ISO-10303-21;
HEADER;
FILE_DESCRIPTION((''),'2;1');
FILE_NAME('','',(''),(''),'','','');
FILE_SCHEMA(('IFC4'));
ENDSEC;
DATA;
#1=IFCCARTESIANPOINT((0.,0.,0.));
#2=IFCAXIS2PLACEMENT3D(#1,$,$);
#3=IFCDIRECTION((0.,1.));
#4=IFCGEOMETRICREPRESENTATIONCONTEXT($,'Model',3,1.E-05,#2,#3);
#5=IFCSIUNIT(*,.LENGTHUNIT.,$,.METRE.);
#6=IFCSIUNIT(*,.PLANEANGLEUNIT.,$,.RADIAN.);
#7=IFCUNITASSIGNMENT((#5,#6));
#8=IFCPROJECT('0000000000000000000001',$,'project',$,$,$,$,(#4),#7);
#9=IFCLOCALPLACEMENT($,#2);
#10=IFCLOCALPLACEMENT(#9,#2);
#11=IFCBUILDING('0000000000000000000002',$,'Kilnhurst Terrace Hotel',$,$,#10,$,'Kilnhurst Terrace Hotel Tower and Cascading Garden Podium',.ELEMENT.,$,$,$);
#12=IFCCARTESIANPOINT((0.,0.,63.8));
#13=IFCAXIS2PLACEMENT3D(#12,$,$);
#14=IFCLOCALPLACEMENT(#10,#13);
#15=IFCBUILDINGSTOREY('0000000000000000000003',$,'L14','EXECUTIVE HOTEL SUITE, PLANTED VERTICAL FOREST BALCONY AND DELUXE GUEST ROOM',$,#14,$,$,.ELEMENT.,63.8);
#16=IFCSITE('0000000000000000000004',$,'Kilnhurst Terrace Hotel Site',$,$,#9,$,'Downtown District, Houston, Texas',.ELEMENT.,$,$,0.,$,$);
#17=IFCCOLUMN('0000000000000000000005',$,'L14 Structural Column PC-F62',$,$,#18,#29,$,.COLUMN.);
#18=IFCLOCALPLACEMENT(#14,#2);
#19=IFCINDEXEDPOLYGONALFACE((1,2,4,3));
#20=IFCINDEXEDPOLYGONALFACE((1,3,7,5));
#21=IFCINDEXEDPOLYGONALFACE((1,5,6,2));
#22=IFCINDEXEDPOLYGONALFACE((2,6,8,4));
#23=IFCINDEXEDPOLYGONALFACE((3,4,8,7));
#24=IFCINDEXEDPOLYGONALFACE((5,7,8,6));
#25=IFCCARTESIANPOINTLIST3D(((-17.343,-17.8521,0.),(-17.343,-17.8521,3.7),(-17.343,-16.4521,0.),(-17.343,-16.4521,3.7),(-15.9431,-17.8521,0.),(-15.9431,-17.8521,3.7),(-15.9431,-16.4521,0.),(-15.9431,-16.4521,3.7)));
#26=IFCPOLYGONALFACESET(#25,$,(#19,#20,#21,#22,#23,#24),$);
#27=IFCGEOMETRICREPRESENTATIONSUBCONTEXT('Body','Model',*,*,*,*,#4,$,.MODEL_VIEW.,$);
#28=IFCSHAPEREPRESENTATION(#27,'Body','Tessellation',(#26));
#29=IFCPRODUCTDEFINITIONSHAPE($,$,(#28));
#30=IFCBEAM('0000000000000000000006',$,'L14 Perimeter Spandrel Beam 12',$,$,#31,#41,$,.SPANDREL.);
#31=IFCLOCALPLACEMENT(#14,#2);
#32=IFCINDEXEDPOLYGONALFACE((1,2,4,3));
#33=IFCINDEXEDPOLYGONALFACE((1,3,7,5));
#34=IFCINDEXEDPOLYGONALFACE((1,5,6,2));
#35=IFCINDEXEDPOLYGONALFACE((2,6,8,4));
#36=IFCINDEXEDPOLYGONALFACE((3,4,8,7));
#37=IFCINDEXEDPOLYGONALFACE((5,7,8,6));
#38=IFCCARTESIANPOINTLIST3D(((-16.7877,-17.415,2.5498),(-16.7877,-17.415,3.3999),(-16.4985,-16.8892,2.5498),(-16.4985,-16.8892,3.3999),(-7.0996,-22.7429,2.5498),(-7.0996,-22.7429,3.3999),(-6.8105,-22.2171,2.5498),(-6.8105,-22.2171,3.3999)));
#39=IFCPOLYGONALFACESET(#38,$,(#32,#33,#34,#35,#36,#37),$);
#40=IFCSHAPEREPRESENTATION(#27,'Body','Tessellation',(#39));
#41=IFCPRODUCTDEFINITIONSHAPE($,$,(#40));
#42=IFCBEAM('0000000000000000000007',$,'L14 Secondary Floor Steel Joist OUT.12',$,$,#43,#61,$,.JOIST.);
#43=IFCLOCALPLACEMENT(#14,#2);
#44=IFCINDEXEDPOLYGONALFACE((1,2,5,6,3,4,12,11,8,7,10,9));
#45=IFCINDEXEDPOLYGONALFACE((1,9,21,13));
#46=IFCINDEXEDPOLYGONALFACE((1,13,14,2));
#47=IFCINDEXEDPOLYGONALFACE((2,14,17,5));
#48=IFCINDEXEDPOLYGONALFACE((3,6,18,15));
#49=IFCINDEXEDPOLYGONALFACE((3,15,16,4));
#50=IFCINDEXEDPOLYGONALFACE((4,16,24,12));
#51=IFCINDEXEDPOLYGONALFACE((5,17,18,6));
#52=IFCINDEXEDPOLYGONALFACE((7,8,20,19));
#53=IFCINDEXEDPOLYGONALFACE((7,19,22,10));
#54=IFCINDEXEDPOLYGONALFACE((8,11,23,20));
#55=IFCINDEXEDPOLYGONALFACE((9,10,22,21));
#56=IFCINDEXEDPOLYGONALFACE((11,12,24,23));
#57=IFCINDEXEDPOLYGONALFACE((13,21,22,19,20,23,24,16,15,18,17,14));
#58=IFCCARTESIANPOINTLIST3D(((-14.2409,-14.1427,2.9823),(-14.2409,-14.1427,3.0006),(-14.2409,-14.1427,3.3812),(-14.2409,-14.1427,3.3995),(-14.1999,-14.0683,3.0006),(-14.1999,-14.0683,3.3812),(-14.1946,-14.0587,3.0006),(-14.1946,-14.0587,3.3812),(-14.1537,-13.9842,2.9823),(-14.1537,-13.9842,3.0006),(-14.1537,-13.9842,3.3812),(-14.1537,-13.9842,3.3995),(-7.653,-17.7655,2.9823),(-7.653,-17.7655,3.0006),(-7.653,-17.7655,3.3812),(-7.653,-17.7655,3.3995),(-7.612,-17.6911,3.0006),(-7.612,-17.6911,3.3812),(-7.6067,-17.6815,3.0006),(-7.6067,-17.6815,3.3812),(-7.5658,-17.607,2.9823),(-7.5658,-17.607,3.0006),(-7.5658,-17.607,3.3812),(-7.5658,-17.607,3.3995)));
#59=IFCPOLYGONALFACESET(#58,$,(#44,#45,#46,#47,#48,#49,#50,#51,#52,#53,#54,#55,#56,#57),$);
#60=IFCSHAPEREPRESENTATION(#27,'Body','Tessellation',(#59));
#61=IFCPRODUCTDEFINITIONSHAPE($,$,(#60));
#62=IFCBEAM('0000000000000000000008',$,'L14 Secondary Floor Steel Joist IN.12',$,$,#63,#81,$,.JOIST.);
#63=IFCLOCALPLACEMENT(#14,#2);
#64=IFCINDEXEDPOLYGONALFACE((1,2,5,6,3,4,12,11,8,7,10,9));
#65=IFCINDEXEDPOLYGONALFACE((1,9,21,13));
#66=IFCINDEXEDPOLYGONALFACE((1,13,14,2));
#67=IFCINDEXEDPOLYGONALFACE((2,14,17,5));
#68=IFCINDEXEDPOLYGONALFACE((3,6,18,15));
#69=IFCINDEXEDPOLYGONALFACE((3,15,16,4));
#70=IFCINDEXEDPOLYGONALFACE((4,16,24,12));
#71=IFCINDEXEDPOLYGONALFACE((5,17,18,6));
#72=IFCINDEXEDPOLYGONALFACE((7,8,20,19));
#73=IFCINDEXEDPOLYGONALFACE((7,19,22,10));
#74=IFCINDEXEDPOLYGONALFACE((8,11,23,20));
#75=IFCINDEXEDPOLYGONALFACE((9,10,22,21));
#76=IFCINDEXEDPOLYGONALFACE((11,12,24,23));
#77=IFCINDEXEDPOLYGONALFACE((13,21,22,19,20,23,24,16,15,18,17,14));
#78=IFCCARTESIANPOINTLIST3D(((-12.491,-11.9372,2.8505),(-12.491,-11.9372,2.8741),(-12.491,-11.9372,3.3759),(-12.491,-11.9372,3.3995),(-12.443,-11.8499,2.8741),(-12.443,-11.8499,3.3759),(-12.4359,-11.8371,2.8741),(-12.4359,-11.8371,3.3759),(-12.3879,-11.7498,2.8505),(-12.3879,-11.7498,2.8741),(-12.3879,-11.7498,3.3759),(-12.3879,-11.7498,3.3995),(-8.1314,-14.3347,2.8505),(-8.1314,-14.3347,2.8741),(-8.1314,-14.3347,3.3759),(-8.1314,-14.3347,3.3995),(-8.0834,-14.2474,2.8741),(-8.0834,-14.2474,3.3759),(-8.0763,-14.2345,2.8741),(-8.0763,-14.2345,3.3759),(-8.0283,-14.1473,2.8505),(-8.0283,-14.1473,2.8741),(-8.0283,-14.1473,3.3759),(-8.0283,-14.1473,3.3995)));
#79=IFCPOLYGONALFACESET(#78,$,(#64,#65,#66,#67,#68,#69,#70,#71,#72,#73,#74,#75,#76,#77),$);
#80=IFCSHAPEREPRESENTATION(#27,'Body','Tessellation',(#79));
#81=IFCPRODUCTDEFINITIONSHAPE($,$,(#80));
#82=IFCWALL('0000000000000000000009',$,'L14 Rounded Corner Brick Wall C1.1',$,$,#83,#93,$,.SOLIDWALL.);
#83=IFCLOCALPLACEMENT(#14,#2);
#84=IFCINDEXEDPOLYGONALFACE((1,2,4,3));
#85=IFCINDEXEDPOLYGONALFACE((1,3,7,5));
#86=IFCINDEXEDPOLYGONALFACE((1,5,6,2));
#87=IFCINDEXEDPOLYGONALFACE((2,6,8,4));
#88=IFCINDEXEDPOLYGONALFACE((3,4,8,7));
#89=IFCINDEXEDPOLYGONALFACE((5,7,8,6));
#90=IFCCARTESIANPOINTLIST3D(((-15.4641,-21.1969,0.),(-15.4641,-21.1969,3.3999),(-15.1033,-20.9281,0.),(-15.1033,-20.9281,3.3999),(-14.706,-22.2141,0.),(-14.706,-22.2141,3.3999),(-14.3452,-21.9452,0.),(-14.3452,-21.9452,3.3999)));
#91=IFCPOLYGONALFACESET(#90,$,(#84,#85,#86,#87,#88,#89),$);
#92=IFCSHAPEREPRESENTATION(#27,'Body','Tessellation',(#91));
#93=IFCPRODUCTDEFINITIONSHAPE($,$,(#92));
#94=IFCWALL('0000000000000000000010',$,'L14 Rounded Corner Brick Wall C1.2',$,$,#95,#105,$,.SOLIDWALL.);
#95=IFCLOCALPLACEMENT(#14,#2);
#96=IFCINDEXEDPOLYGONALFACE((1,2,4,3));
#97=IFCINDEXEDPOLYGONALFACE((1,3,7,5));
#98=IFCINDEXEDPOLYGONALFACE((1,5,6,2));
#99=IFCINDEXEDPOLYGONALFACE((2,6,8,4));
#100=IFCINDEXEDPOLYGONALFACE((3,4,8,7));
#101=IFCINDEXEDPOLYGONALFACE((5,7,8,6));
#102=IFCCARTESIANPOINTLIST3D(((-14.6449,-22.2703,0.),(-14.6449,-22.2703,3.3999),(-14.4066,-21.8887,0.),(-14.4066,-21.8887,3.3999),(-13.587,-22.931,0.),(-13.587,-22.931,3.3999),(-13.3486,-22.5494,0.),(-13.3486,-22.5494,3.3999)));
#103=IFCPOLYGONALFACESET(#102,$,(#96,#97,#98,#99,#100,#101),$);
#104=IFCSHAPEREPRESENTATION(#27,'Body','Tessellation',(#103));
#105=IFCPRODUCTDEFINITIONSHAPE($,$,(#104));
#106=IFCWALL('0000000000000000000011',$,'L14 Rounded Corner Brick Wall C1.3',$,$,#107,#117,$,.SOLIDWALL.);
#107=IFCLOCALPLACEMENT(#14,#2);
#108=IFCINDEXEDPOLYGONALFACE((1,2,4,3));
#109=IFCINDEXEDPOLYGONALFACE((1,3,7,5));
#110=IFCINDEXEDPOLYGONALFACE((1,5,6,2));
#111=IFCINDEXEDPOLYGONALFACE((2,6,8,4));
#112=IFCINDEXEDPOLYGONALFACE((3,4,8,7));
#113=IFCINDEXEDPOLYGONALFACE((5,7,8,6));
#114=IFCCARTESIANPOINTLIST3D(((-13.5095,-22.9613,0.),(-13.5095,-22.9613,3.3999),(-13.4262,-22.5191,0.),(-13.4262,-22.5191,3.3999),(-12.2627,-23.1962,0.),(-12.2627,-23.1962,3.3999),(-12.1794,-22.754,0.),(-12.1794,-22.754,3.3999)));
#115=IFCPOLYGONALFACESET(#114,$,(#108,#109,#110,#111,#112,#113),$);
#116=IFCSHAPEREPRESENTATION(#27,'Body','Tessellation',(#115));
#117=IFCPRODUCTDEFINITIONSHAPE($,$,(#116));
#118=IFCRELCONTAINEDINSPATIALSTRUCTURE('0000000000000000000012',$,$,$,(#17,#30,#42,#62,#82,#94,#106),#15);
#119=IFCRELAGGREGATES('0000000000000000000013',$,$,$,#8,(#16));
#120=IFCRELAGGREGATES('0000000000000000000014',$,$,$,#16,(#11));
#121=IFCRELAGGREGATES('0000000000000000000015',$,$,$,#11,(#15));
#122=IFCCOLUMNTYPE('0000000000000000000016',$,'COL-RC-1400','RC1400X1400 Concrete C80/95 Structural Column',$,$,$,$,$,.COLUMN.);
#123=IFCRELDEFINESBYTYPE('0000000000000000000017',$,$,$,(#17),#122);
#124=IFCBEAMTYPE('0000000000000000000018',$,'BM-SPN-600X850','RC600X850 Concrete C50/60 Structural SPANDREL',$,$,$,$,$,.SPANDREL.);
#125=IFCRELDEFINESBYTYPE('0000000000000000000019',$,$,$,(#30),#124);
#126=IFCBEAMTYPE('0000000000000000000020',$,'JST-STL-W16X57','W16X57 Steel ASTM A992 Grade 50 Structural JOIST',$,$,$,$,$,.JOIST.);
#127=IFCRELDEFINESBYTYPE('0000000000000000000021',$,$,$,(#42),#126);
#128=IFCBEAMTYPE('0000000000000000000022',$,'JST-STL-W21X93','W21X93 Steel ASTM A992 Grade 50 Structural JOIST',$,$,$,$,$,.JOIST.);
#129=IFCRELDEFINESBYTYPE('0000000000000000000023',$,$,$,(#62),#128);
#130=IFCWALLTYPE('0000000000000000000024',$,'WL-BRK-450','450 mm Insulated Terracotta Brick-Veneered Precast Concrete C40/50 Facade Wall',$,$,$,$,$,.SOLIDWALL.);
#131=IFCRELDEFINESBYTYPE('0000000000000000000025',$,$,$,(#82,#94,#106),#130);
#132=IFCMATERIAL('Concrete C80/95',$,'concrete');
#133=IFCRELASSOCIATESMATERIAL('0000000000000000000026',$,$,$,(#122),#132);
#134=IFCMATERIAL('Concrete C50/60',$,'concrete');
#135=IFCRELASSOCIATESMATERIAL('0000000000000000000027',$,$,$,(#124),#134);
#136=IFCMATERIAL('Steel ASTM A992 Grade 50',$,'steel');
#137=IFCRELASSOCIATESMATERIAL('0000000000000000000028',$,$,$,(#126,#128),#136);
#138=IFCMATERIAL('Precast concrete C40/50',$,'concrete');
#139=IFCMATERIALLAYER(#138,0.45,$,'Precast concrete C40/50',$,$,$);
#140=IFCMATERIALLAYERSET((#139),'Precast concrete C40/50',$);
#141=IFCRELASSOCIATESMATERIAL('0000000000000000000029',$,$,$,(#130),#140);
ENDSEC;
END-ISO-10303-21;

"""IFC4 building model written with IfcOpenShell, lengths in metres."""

from ifc_helpers import new_model, si_unit, direction, frame, frame_2d, origin, origin_2d, place, context, subcontext, project, spatial, rectangle, i_section, extrude, material, layer, layer_set, material_profile, profile_set, type_object, element, save


model = new_model("IFC4")

# Units and contexts
model_context = context("Model", 3, precision=1e-05, world=origin(), true_north=direction((0.0, 1.0)))
body_context = subcontext(model_context, "Body", "Model", "MODEL_VIEW")
ifc_project = project(units=[si_unit("LENGTHUNIT", "METRE"), si_unit("PLANEANGLEUNIT", "RADIAN")], contexts=[model_context])

# Site, building, storey
site_placement = place(None, origin())
site = spatial("IfcSite", under=ifc_project, at=site_placement, Name="Kilnhurst Terrace Hotel Site", LongName="Downtown District, Houston, Texas", CompositionType="ELEMENT", RefElevation=0.0)
building_placement = place(site_placement, origin())
building = spatial("IfcBuilding", under=site, at=building_placement, Name="Kilnhurst Terrace Hotel", LongName="Kilnhurst Terrace Hotel Tower and Cascading Garden Podium", CompositionType="ELEMENT")
storey_placement = place(building_placement, frame((0.0, 0.0, 63.8)))
storey = spatial("IfcBuildingStorey", under=building, at=storey_placement, Name="L14", Description="EXECUTIVE HOTEL SUITE, PLANTED VERTICAL FOREST BALCONY AND DELUXE GUEST ROOM", CompositionType="ELEMENT", Elevation=63.8)

# Column
ifc_material_1 = material(Name="Concrete C80/95", Category="concrete")
ifc_material_profile_1 = material_profile(ifc_material_1, rectangle(XDim=1.3999, YDim=1.3999, at=origin_2d()), Name="RC1400X1400")
ifc_profile_set_1 = profile_set([ifc_material_profile_1], Name="Concrete C80/95")
column_type = type_object("IfcColumnType", Name="COL-RC-1400", Description="RC1400X1400 Concrete C80/95 Structural Column", PredefinedType="COLUMN", material=ifc_profile_set_1)
column_placement = place(storey_placement, frame((-16.6431, -17.1521, 0.0), z_axis=(0.0, 0.0, 1.0), x_axis=(1.0, 0.0, 0.0)))
element("IfcColumn", 1, at=column_placement, inside=storey, type_object=column_type, Name="L14 Structural Column PC-F62", PredefinedType="COLUMN", context=body_context, shape_type="SweptSolid", body=[
    extrude(rectangle(XDim=1.3999, YDim=1.3999, at=origin_2d()), origin(), (0.0, 0.0, 1.0), 3.7),
])

# Beams
ifc_material_2 = material(Name="Concrete C50/60", Category="concrete")
ifc_material_profile_2 = material_profile(ifc_material_2, rectangle(XDim=0.6001, YDim=0.8501, at=origin_2d()), Name="RC600X850")
ifc_profile_set_2 = profile_set([ifc_material_profile_2], Name="Concrete C50/60")
beam_type_1 = type_object("IfcBeamType", Name="BM-SPN-600X850", Description="RC600X850 Concrete C50/60 Structural SPANDREL", PredefinedType="SPANDREL", material=ifc_profile_set_2)
beam_1_placement = place(storey_placement, frame((-16.6431, -17.1521, 2.9749), z_axis=(0.876235, -0.481883, 0.0), x_axis=(0.481883, 0.876235, 0.0)))
element("IfcBeam", 2, at=beam_1_placement, inside=storey, type_object=beam_type_1, Name="L14 Perimeter Spandrel Beam 12", PredefinedType="SPANDREL", context=body_context, shape_type="SweptSolid", body=[
    extrude(rectangle(XDim=0.6001, YDim=0.8501, at=origin_2d()), origin(), (0.0, 0.0, 1.0), 11.0564),
])
ifc_material_3 = material(Name="Steel ASTM A992 Grade 50", Category="steel")
ifc_material_profile_3 = material_profile(ifc_material_3, i_section(OverallWidth=0.1809, OverallDepth=0.4172, WebThickness=0.011, FlangeThickness=0.0183, at=origin_2d()), Name="W16X57")
ifc_profile_set_3 = profile_set([ifc_material_profile_3], Name="Steel ASTM A992 Grade 50")
beam_type_2 = type_object("IfcBeamType", Name="JST-STL-W16X57", Description="W16X57 Steel ASTM A992 Grade 50 Structural JOIST", PredefinedType="JOIST", material=ifc_profile_set_3)
beam_2_placement = place(storey_placement, frame((-14.1973, -14.0635, 3.1909), z_axis=(0.876246, -0.481864, 0.0), x_axis=(0.481864, 0.876246, 0.0)))
element("IfcBeam", 3, at=beam_2_placement, inside=storey, type_object=beam_type_2, Name="L14 Secondary Floor Steel Joist OUT.12", PredefinedType="JOIST", context=body_context, shape_type="SweptSolid", body=[
    extrude(i_section(OverallWidth=0.1809, OverallDepth=0.4172, WebThickness=0.011, FlangeThickness=0.0183, at=origin_2d()), origin(), (0.0, 0.0, 1.0), 7.5183),
])
ifc_material_profile_4 = material_profile(ifc_material_3, i_section(OverallWidth=0.2139, OverallDepth=0.5491, WebThickness=0.0146, FlangeThickness=0.0237, at=origin_2d()), Name="W21X93")
ifc_profile_set_4 = profile_set([ifc_material_profile_4], Name="Steel ASTM A992 Grade 50")
beam_type_3 = type_object("IfcBeamType", Name="JST-STL-W21X93", Description="W21X93 Steel ASTM A992 Grade 50 Structural JOIST", PredefinedType="JOIST", material=ifc_profile_set_4)
beam_3_placement = place(storey_placement, frame((-12.4395, -11.8435, 3.125), z_axis=(0.876244, -0.481868, 0.0), x_axis=(0.481868, 0.876244, 0.0)))
element("IfcBeam", 4, at=beam_3_placement, inside=storey, type_object=beam_type_3, Name="L14 Secondary Floor Steel Joist IN.12", PredefinedType="JOIST", context=body_context, shape_type="SweptSolid", body=[
    extrude(i_section(OverallWidth=0.2139, OverallDepth=0.5491, WebThickness=0.0146, FlangeThickness=0.0237, at=origin_2d()), origin(), (0.0, 0.0, 1.0), 4.9753),
])

# Walls
ifc_material_4 = material(Name="Precast concrete C40/50", Category="concrete")
ifc_layer_1 = layer(ifc_material_4, 0.45, Name="Precast concrete C40/50")
ifc_layer_set_1 = layer_set([ifc_layer_1], Name="Precast concrete C40/50")
wall_type_1 = type_object("IfcWallType", Name="WL-BRK-450", Description="450 mm Insulated Terracotta Brick-Veneered Precast Concrete C40/50 Facade Wall", PredefinedType="SOLIDWALL", material=ifc_layer_set_1)
wall_1_placement = place(storey_placement, frame((-15.2837, -21.0625, 0.0), z_axis=(0.0, 0.0, 1.0), x_axis=(0.597595, -0.801798, 0.0)))
element("IfcWall", 5, at=wall_1_placement, inside=storey, type_object=wall_type_1, Name="L14 Rounded Corner Brick Wall C1.1", PredefinedType="SOLIDWALL", context=body_context, shape_type="SweptSolid", body=[
    extrude(rectangle(XDim=1.2686, YDim=0.45, at=frame_2d((0.6343, 0.0))), origin(), (0.0, 0.0, 1.0), 3.3999),
])
wall_2_placement = place(storey_placement, frame((-14.5256, -22.0796, 0.0), z_axis=(0.0, 0.0, 1.0), x_axis=(0.848185, -0.5297, 0.0)))
element("IfcWall", 6, at=wall_2_placement, inside=storey, type_object=wall_type_1, Name="L14 Rounded Corner Brick Wall C1.2", PredefinedType="SOLIDWALL", context=body_context, shape_type="SweptSolid", body=[
    extrude(rectangle(XDim=1.2473, YDim=0.45, at=frame_2d((0.6235, 0.0))), origin(), (0.0, 0.0, 1.0), 3.3999),
])
wall_3_placement = place(storey_placement, frame((-13.4678, -22.7402, 0.0), z_axis=(0.0, 0.0, 1.0), x_axis=(0.982717, -0.185113, 0.0)))
element("IfcWall", 7, at=wall_3_placement, inside=storey, type_object=wall_type_1, Name="L14 Rounded Corner Brick Wall C1.3", PredefinedType="SOLIDWALL", context=body_context, shape_type="SweptSolid", body=[
    extrude(rectangle(XDim=1.2688, YDim=0.45, at=frame_2d((0.6343, 0.0))), origin(), (0.0, 0.0, 1.0), 3.3999),
])

save(model, "model.ifc")
